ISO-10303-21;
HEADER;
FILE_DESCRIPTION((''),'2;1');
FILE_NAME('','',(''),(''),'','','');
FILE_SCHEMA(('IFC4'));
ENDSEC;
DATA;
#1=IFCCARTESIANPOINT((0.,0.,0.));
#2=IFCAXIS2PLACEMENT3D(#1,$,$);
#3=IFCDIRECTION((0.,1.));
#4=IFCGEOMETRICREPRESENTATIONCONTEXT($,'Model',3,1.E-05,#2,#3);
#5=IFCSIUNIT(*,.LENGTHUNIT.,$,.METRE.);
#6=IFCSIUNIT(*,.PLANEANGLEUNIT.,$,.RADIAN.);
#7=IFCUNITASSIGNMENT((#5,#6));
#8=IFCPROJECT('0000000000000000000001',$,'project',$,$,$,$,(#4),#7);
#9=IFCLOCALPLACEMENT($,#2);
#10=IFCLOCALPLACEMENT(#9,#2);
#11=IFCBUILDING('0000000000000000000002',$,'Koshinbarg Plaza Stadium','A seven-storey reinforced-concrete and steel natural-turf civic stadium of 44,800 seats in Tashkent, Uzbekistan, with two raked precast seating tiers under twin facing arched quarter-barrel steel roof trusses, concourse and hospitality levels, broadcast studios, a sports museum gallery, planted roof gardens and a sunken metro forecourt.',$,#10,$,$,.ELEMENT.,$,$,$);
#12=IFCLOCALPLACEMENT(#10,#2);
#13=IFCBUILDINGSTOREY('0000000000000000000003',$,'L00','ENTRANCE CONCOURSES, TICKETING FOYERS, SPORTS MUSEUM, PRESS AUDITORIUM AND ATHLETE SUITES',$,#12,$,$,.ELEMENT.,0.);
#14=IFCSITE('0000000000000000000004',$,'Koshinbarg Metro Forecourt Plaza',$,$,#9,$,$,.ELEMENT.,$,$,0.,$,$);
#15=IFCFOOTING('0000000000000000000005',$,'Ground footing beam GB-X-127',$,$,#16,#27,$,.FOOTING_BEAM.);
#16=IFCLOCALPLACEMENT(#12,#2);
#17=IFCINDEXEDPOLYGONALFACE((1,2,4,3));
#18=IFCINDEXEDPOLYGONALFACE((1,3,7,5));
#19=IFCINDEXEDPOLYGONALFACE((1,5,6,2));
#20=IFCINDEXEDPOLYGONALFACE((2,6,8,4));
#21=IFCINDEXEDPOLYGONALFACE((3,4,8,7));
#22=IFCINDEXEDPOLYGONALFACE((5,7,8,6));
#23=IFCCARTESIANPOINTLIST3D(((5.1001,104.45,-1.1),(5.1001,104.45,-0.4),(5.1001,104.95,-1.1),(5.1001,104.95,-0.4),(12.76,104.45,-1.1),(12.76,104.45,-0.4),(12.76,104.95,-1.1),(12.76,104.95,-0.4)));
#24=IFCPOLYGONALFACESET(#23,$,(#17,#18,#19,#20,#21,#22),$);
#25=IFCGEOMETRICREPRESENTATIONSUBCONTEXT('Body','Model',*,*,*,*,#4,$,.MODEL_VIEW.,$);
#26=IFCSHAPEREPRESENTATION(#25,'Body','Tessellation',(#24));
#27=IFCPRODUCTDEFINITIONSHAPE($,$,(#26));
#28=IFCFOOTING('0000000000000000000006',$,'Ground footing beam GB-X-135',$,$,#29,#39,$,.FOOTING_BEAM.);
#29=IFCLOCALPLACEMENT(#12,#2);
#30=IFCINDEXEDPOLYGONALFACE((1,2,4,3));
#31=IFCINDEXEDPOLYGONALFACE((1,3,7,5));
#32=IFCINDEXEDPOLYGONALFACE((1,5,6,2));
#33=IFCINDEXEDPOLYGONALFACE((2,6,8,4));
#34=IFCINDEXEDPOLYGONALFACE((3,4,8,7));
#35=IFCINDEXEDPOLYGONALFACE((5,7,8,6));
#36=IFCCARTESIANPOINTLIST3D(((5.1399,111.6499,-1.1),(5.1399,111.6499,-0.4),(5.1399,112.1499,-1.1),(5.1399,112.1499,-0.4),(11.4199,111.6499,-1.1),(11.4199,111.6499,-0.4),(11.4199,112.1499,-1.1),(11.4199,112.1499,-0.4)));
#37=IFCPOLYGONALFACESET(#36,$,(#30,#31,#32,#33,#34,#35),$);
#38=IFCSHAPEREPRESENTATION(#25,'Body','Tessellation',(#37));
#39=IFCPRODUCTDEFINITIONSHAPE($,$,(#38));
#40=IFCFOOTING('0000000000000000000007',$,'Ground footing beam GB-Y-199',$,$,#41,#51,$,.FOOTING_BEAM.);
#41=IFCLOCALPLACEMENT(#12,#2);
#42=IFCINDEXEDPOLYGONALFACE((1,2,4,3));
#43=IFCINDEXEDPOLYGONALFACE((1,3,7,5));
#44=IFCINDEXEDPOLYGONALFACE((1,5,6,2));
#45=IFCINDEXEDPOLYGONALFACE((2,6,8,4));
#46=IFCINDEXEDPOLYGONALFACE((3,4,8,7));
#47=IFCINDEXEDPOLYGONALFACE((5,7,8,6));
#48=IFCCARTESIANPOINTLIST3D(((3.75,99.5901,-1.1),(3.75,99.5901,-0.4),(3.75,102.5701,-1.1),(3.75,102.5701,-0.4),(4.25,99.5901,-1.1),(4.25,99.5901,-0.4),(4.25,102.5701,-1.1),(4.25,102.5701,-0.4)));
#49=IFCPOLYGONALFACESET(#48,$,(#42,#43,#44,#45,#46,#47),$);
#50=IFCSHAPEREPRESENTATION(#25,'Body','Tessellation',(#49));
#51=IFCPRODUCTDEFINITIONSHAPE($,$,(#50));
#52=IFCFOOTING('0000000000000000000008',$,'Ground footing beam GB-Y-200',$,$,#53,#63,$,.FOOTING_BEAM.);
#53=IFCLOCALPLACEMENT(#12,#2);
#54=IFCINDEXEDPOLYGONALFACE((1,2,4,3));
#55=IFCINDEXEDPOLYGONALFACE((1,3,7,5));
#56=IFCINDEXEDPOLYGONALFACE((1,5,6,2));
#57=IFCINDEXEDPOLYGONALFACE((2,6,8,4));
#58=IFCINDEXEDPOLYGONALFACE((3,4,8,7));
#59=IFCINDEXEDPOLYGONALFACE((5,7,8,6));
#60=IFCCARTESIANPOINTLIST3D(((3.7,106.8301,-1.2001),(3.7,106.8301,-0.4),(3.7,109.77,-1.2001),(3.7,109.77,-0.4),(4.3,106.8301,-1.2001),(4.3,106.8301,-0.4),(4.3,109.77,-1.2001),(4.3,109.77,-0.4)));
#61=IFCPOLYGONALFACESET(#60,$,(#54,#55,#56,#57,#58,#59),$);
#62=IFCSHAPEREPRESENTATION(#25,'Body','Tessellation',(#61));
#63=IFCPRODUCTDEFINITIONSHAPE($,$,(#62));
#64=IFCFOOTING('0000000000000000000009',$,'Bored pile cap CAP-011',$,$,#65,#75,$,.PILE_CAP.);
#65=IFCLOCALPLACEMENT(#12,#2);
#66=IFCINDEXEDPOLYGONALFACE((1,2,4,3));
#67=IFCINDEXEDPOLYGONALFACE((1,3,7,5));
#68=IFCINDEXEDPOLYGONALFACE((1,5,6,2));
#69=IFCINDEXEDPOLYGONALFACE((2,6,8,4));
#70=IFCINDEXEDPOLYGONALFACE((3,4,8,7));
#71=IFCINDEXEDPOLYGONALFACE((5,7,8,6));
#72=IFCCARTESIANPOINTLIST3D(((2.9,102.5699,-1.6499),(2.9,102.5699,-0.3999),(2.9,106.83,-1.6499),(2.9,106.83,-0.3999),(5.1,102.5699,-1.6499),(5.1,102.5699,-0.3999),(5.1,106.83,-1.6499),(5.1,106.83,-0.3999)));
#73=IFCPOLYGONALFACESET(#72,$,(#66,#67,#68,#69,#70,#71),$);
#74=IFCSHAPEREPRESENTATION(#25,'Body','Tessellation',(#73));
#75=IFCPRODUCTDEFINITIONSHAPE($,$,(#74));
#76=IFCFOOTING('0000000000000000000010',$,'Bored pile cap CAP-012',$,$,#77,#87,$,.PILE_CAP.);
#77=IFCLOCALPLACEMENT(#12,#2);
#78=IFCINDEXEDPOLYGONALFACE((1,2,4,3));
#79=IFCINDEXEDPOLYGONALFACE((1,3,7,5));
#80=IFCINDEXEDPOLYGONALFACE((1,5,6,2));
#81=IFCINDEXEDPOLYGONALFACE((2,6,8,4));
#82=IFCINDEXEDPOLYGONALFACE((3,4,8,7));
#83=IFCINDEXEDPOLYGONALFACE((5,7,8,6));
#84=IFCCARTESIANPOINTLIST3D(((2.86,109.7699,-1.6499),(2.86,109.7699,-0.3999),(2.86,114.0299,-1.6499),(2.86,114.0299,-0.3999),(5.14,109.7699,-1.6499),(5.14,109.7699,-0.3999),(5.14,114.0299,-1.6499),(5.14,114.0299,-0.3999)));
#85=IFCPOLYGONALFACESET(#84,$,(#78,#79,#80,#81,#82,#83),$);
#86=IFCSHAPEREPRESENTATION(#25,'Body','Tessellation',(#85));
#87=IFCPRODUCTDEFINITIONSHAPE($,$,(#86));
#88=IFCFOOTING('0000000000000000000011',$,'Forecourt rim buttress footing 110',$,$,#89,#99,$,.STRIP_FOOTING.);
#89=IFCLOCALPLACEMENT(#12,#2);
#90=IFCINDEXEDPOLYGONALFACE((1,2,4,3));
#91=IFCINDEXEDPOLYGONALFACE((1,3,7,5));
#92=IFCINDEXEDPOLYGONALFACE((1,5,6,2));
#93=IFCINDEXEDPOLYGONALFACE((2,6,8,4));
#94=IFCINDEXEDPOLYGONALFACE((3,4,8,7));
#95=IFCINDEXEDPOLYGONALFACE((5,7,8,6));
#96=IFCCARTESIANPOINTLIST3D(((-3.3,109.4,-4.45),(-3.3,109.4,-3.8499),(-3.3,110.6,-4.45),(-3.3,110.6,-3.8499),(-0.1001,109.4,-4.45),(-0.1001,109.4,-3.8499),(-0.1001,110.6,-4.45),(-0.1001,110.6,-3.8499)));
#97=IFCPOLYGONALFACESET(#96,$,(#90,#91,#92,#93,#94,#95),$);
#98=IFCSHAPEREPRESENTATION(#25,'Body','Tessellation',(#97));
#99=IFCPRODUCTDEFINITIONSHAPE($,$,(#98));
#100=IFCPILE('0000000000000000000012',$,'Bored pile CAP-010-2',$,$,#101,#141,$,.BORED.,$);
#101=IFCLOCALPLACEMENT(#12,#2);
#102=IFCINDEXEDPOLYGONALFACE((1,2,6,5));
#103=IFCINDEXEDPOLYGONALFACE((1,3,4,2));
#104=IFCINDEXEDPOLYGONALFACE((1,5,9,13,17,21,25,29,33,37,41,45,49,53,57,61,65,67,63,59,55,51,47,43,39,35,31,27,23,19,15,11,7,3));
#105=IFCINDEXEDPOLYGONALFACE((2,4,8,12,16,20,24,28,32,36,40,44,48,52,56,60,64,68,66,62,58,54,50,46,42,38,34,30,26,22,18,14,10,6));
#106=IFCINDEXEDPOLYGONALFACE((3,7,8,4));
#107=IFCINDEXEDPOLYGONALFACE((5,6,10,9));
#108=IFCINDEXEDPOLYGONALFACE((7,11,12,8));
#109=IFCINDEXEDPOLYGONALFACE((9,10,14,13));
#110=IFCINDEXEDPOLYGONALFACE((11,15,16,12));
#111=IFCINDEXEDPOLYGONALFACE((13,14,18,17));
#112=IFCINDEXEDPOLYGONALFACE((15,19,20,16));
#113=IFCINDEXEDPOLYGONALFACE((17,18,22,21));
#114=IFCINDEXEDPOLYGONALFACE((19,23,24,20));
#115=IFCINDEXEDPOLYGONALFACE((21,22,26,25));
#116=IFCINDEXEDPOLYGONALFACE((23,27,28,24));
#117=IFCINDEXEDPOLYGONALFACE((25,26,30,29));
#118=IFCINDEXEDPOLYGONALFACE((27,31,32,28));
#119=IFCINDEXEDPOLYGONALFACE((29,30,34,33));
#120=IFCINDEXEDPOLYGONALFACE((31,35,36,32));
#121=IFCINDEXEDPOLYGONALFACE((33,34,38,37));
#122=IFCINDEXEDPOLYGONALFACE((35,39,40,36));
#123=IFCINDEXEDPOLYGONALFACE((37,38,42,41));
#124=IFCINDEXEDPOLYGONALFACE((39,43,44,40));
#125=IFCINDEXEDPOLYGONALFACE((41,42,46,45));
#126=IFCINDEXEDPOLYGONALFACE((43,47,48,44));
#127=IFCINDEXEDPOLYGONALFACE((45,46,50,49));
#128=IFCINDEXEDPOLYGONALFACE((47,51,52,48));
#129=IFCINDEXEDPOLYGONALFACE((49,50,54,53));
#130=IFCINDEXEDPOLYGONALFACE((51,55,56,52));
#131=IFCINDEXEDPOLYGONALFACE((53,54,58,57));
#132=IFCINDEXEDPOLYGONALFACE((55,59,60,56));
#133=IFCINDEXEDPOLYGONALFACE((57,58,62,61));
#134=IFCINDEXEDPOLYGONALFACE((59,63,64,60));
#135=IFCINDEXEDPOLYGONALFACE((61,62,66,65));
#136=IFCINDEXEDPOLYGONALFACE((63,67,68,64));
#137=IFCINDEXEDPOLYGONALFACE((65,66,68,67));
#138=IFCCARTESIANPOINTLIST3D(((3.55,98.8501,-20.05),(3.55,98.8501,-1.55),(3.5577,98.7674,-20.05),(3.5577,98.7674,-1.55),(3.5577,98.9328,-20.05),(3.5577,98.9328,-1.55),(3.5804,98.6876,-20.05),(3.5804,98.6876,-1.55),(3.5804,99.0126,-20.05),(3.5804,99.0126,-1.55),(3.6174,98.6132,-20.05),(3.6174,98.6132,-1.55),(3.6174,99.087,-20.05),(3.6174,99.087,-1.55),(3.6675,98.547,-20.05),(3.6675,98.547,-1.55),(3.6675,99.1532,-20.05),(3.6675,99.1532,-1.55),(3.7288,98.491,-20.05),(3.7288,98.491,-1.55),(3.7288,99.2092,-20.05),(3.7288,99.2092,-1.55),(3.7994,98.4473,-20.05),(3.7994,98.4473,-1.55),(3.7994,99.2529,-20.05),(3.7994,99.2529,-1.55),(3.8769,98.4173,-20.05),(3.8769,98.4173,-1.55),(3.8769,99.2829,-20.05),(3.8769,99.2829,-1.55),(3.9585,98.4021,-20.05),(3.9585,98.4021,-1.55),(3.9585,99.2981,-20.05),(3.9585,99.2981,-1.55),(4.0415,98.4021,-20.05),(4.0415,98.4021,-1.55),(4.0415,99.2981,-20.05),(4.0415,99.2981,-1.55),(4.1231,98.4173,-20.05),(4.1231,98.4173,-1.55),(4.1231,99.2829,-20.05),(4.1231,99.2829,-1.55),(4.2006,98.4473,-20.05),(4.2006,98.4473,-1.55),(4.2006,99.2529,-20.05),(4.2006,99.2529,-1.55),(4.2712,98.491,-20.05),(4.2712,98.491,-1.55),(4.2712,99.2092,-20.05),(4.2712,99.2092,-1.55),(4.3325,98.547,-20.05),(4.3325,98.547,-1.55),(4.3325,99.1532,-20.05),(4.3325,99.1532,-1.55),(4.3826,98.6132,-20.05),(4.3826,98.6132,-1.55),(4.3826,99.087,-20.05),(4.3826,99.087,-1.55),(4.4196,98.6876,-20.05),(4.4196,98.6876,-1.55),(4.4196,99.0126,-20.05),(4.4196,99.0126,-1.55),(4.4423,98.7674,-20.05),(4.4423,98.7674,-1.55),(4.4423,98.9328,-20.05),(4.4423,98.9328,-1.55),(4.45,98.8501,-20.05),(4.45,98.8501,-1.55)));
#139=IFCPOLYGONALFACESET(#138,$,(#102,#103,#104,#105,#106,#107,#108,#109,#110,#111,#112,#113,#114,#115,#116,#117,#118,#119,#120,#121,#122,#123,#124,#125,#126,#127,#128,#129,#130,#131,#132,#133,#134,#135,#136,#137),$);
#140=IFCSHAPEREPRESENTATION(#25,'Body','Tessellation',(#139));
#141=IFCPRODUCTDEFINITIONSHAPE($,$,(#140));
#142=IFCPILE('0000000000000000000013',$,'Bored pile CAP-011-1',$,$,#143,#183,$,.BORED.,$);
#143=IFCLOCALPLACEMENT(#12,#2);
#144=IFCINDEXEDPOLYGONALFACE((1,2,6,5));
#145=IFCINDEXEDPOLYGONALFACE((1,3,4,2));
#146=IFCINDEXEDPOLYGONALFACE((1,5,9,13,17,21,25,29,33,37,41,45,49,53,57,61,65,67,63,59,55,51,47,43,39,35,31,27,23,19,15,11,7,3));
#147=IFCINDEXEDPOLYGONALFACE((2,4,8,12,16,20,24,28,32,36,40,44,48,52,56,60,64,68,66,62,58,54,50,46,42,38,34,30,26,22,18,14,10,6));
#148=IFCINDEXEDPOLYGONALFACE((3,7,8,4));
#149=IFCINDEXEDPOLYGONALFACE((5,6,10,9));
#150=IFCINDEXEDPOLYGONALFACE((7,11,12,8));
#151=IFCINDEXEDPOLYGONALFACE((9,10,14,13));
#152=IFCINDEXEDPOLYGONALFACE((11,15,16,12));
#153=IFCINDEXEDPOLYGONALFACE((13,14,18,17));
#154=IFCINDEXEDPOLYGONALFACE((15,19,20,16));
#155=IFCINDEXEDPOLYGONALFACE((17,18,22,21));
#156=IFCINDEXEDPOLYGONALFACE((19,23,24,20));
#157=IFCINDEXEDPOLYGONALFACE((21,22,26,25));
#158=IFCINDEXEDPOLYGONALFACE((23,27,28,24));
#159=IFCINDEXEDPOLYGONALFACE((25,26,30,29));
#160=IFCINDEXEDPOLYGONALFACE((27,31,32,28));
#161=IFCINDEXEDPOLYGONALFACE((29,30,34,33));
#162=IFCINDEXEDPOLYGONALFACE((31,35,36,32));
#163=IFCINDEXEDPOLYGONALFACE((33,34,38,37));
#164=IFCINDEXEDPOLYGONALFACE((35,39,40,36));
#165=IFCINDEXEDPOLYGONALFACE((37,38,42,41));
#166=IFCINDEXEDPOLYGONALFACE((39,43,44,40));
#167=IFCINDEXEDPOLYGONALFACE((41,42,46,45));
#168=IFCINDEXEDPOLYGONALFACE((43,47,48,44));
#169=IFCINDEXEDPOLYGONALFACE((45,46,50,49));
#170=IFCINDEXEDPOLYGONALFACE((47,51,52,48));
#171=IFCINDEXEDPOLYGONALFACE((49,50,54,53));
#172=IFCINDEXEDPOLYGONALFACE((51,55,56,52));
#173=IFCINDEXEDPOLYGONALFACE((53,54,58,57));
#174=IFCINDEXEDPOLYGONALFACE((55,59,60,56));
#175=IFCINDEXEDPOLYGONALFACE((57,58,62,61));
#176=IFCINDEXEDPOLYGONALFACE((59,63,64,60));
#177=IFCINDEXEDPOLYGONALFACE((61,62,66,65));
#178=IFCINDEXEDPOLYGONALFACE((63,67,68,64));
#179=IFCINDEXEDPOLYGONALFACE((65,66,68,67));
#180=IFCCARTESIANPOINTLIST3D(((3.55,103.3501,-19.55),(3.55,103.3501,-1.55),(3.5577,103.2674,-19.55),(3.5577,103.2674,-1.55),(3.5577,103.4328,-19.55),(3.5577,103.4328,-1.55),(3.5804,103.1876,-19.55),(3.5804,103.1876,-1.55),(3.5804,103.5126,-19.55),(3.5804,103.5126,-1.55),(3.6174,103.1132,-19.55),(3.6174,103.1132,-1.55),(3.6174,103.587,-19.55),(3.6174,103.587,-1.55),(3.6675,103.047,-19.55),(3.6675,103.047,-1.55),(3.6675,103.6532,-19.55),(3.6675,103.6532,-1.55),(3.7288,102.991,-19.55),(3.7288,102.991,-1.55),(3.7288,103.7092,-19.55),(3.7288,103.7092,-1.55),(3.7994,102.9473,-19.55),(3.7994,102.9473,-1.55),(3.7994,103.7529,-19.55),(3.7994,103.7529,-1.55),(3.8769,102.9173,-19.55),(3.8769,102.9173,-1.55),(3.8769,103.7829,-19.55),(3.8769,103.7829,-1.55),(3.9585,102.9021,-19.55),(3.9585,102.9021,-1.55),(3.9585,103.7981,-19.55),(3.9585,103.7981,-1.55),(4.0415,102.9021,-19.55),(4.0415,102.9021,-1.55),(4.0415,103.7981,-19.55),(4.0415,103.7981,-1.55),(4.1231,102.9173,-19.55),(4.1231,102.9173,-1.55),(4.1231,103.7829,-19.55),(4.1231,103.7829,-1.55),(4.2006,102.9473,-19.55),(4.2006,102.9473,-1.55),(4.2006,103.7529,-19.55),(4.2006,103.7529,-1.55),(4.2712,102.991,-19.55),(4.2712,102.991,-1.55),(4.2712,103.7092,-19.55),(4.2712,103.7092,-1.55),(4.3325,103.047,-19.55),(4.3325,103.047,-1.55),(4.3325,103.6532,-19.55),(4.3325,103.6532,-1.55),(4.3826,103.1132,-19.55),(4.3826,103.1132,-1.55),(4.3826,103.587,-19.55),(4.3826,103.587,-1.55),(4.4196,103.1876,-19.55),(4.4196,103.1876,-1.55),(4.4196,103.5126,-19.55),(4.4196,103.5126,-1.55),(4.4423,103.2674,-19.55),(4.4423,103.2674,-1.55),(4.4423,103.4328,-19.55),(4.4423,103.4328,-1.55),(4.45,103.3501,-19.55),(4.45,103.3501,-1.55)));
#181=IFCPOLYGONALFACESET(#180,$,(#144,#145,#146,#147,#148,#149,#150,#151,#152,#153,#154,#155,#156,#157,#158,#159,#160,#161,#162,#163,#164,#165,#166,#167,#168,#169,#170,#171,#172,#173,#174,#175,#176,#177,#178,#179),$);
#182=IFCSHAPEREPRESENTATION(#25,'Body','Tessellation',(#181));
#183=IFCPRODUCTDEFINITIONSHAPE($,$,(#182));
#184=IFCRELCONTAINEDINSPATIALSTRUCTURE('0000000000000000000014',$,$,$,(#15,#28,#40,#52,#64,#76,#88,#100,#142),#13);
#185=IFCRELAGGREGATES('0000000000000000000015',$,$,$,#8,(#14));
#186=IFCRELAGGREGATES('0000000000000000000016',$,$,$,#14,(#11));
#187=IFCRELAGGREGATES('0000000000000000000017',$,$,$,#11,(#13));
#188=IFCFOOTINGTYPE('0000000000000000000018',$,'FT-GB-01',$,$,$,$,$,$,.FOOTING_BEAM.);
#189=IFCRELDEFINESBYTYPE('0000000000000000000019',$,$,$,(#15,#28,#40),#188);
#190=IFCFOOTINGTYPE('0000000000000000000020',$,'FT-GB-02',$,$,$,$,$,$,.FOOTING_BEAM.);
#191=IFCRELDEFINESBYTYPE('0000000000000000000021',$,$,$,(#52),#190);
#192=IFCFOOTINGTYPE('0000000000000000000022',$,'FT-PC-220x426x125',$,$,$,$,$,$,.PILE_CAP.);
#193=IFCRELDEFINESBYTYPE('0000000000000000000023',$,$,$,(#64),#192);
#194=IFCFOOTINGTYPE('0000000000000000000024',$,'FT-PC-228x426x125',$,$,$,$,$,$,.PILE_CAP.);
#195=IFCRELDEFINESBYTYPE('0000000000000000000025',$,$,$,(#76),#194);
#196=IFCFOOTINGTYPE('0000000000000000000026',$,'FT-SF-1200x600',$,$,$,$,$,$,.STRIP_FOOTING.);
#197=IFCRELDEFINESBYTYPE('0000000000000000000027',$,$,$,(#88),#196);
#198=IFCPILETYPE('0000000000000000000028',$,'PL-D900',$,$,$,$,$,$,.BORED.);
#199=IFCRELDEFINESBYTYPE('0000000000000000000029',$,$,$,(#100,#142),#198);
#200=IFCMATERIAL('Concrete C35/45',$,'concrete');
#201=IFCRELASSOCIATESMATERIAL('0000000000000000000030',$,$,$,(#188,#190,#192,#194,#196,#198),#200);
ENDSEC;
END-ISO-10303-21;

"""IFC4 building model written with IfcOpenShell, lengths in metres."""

from ifc_helpers import new_model, si_unit, direction, frame, origin, origin_2d, place, context, subcontext, project, spatial, rectangle, circle, extrude, material, material_profile, profile_set, type_object, element, save


model = new_model("IFC4")

# Units and contexts
model_context = context("Model", 3, precision=1e-05, world=origin(), true_north=direction((0.0, 1.0)))
body_context = subcontext(model_context, "Body", "Model", "MODEL_VIEW")
ifc_project = project(units=[si_unit("LENGTHUNIT", "METRE"), si_unit("PLANEANGLEUNIT", "RADIAN")], contexts=[model_context])

# Site, building, storey
site_placement = place(None, origin())
site = spatial("IfcSite", under=ifc_project, at=site_placement, Name="Koshinbarg Metro Forecourt Plaza", CompositionType="ELEMENT", RefElevation=0.0)
building_placement = place(site_placement, origin())
building = spatial("IfcBuilding", under=site, at=building_placement, Name="Koshinbarg Plaza Stadium", Description="A seven-storey reinforced-concrete and steel natural-turf civic stadium of 44,800 seats in Tashkent, Uzbekistan, with two raked precast seating tiers under twin facing arched quarter-barrel steel roof trusses, concourse and hospitality levels, broadcast studios, a sports museum gallery, planted roof gardens and a sunken metro forecourt.", CompositionType="ELEMENT")
storey_placement = place(building_placement, origin())
storey = spatial("IfcBuildingStorey", under=building, at=storey_placement, Name="L00", Description="ENTRANCE CONCOURSES, TICKETING FOYERS, SPORTS MUSEUM, PRESS AUDITORIUM AND ATHLETE SUITES", CompositionType="ELEMENT", Elevation=0.0)

# Footings
ifc_material_1 = material(Name="Concrete C35/45", Category="concrete")
ifc_material_profile_1 = material_profile(ifc_material_1, rectangle(XDim=0.5, YDim=0.7, at=origin_2d()), Name="GB 500x700")
ifc_profile_set_1 = profile_set([ifc_material_profile_1], Name="Concrete C35/45")
footing_type_1 = type_object("IfcFootingType", Name="FT-GB-01", PredefinedType="FOOTING_BEAM", material=ifc_profile_set_1)
footing_1_placement = place(storey_placement, frame((5.1001, 104.7, -0.75), z_axis=(1.0, 0.0, 0.0), x_axis=(0.0, 1.0, 0.0)))
element("IfcFooting", 1, at=footing_1_placement, inside=storey, type_object=footing_type_1, Name="Ground footing beam GB-X-127", PredefinedType="FOOTING_BEAM", context=body_context, shape_type="SweptSolid", body=[
    extrude(rectangle(XDim=0.5, YDim=0.7, at=origin_2d()), origin(), (0.0, 0.0, 1.0), 7.6599),
])
footing_2_placement = place(storey_placement, frame((5.1399, 111.8999, -0.75), z_axis=(1.0, 0.0, 0.0), x_axis=(0.0, 1.0, 0.0)))
element("IfcFooting", 2, at=footing_2_placement, inside=storey, type_object=footing_type_1, Name="Ground footing beam GB-X-135", PredefinedType="FOOTING_BEAM", context=body_context, shape_type="SweptSolid", body=[
    extrude(rectangle(XDim=0.5, YDim=0.7, at=origin_2d()), origin(), (0.0, 0.0, 1.0), 6.28),
])
footing_3_placement = place(storey_placement, frame((4.0, 99.5901, -0.75), z_axis=(0.0, 1.0, 0.0), x_axis=(-1.0, 0.0, 0.0)))
element("IfcFooting", 3, at=footing_3_placement, inside=storey, type_object=footing_type_1, Name="Ground footing beam GB-Y-199", PredefinedType="FOOTING_BEAM", context=body_context, shape_type="SweptSolid", body=[
    extrude(rectangle(XDim=0.5, YDim=0.7, at=origin_2d()), origin(), (0.0, 0.0, 1.0), 2.98),
])
ifc_material_profile_2 = material_profile(ifc_material_1, rectangle(XDim=0.6001, YDim=0.8, at=origin_2d()), Name="GB 600x800")
ifc_profile_set_2 = profile_set([ifc_material_profile_2], Name="Concrete C35/45")
footing_type_2 = type_object("IfcFootingType", Name="FT-GB-02", PredefinedType="FOOTING_BEAM", material=ifc_profile_set_2)
footing_4_placement = place(storey_placement, frame((4.0, 106.8301, -0.8), z_axis=(0.0, 1.0, 0.0), x_axis=(-1.0, 0.0, 0.0)))
element("IfcFooting", 4, at=footing_4_placement, inside=storey, type_object=footing_type_2, Name="Ground footing beam GB-Y-200", PredefinedType="FOOTING_BEAM", context=body_context, shape_type="SweptSolid", body=[
    extrude(rectangle(XDim=0.6001, YDim=0.8, at=origin_2d()), origin(), (0.0, 0.0, 1.0), 2.9399),
])
footing_type_3 = type_object("IfcFootingType", Name="FT-PC-220x426x125", PredefinedType="PILE_CAP", material=ifc_material_1)
footing_5_placement = place(storey_placement, frame((4.0, 104.7, -1.6499), z_axis=(0.0, 0.0, 1.0), x_axis=(1.0, 0.0, 0.0)))
element("IfcFooting", 5, at=footing_5_placement, inside=storey, type_object=footing_type_3, Name="Bored pile cap CAP-011", PredefinedType="PILE_CAP", context=body_context, shape_type="SweptSolid", body=[
    extrude(rectangle(XDim=2.2, YDim=4.26, at=origin_2d()), origin(), (0.0, 0.0, 1.0), 1.25),
])
footing_type_4 = type_object("IfcFootingType", Name="FT-PC-228x426x125", PredefinedType="PILE_CAP", material=ifc_material_1)
footing_6_placement = place(storey_placement, frame((4.0, 111.8999, -1.6499), z_axis=(0.0, 0.0, 1.0), x_axis=(1.0, 0.0, 0.0)))
element("IfcFooting", 6, at=footing_6_placement, inside=storey, type_object=footing_type_4, Name="Bored pile cap CAP-012", PredefinedType="PILE_CAP", context=body_context, shape_type="SweptSolid", body=[
    extrude(rectangle(XDim=2.28, YDim=4.26, at=origin_2d()), origin(), (0.0, 0.0, 1.0), 1.25),
])
ifc_material_profile_3 = material_profile(ifc_material_1, rectangle(XDim=1.2, YDim=0.6001, at=origin_2d()), Name="SF 1200x600")
ifc_profile_set_3 = profile_set([ifc_material_profile_3], Name="Concrete C35/45")
footing_type_5 = type_object("IfcFootingType", Name="FT-SF-1200x600", PredefinedType="STRIP_FOOTING", material=ifc_profile_set_3)
footing_7_placement = place(storey_placement, frame((-3.3, 110.0, -4.1499), z_axis=(1.0, 0.0, 0.0), x_axis=(0.0, 1.0, 0.0)))
element("IfcFooting", 7, at=footing_7_placement, inside=storey, type_object=footing_type_5, Name="Forecourt rim buttress footing 110", PredefinedType="STRIP_FOOTING", context=body_context, shape_type="SweptSolid", body=[
    extrude(rectangle(XDim=1.2, YDim=0.6001, at=origin_2d()), origin(), (0.0, 0.0, 1.0), 3.2),
])

# Piles
ifc_material_profile_4 = material_profile(ifc_material_1, circle(Radius=0.45, at=origin_2d()), Name="PILE D900")
ifc_profile_set_4 = profile_set([ifc_material_profile_4], Name="Concrete C35/45")
pile_type = type_object("IfcPileType", Name="PL-D900", PredefinedType="BORED", material=ifc_profile_set_4)
pile_1_placement = place(storey_placement, frame((4.0, 98.8501, -1.55), z_axis=(0.0, 0.0, -1.0), x_axis=(1.0, 0.0, 0.0)))
element("IfcPile", 8, at=pile_1_placement, inside=storey, type_object=pile_type, Name="Bored pile CAP-010-2", PredefinedType="BORED", context=body_context, shape_type="SweptSolid", body=[
    extrude(circle(Radius=0.45, at=origin_2d()), origin(), (0.0, 0.0, 1.0), 18.5),
])
for number, where, z_axis, x_axis, name in (
    (9, (4.0, 103.3501, -1.55), (0.0, 0.0, -1.0), (1.0, 0.0, 0.0), "Bored pile CAP-011-1"),
):
    element("IfcPile", number, at=place(storey_placement, frame(where, z_axis=z_axis, x_axis=x_axis)), inside=storey, type_object=pile_type, Name=name, PredefinedType="BORED", context=body_context, shape_type="SweptSolid", body=[
        extrude(circle(Radius=0.45, at=origin_2d()), origin(), (0.0, 0.0, 1.0), 18.0),
    ])

save(model, "model.ifc")
